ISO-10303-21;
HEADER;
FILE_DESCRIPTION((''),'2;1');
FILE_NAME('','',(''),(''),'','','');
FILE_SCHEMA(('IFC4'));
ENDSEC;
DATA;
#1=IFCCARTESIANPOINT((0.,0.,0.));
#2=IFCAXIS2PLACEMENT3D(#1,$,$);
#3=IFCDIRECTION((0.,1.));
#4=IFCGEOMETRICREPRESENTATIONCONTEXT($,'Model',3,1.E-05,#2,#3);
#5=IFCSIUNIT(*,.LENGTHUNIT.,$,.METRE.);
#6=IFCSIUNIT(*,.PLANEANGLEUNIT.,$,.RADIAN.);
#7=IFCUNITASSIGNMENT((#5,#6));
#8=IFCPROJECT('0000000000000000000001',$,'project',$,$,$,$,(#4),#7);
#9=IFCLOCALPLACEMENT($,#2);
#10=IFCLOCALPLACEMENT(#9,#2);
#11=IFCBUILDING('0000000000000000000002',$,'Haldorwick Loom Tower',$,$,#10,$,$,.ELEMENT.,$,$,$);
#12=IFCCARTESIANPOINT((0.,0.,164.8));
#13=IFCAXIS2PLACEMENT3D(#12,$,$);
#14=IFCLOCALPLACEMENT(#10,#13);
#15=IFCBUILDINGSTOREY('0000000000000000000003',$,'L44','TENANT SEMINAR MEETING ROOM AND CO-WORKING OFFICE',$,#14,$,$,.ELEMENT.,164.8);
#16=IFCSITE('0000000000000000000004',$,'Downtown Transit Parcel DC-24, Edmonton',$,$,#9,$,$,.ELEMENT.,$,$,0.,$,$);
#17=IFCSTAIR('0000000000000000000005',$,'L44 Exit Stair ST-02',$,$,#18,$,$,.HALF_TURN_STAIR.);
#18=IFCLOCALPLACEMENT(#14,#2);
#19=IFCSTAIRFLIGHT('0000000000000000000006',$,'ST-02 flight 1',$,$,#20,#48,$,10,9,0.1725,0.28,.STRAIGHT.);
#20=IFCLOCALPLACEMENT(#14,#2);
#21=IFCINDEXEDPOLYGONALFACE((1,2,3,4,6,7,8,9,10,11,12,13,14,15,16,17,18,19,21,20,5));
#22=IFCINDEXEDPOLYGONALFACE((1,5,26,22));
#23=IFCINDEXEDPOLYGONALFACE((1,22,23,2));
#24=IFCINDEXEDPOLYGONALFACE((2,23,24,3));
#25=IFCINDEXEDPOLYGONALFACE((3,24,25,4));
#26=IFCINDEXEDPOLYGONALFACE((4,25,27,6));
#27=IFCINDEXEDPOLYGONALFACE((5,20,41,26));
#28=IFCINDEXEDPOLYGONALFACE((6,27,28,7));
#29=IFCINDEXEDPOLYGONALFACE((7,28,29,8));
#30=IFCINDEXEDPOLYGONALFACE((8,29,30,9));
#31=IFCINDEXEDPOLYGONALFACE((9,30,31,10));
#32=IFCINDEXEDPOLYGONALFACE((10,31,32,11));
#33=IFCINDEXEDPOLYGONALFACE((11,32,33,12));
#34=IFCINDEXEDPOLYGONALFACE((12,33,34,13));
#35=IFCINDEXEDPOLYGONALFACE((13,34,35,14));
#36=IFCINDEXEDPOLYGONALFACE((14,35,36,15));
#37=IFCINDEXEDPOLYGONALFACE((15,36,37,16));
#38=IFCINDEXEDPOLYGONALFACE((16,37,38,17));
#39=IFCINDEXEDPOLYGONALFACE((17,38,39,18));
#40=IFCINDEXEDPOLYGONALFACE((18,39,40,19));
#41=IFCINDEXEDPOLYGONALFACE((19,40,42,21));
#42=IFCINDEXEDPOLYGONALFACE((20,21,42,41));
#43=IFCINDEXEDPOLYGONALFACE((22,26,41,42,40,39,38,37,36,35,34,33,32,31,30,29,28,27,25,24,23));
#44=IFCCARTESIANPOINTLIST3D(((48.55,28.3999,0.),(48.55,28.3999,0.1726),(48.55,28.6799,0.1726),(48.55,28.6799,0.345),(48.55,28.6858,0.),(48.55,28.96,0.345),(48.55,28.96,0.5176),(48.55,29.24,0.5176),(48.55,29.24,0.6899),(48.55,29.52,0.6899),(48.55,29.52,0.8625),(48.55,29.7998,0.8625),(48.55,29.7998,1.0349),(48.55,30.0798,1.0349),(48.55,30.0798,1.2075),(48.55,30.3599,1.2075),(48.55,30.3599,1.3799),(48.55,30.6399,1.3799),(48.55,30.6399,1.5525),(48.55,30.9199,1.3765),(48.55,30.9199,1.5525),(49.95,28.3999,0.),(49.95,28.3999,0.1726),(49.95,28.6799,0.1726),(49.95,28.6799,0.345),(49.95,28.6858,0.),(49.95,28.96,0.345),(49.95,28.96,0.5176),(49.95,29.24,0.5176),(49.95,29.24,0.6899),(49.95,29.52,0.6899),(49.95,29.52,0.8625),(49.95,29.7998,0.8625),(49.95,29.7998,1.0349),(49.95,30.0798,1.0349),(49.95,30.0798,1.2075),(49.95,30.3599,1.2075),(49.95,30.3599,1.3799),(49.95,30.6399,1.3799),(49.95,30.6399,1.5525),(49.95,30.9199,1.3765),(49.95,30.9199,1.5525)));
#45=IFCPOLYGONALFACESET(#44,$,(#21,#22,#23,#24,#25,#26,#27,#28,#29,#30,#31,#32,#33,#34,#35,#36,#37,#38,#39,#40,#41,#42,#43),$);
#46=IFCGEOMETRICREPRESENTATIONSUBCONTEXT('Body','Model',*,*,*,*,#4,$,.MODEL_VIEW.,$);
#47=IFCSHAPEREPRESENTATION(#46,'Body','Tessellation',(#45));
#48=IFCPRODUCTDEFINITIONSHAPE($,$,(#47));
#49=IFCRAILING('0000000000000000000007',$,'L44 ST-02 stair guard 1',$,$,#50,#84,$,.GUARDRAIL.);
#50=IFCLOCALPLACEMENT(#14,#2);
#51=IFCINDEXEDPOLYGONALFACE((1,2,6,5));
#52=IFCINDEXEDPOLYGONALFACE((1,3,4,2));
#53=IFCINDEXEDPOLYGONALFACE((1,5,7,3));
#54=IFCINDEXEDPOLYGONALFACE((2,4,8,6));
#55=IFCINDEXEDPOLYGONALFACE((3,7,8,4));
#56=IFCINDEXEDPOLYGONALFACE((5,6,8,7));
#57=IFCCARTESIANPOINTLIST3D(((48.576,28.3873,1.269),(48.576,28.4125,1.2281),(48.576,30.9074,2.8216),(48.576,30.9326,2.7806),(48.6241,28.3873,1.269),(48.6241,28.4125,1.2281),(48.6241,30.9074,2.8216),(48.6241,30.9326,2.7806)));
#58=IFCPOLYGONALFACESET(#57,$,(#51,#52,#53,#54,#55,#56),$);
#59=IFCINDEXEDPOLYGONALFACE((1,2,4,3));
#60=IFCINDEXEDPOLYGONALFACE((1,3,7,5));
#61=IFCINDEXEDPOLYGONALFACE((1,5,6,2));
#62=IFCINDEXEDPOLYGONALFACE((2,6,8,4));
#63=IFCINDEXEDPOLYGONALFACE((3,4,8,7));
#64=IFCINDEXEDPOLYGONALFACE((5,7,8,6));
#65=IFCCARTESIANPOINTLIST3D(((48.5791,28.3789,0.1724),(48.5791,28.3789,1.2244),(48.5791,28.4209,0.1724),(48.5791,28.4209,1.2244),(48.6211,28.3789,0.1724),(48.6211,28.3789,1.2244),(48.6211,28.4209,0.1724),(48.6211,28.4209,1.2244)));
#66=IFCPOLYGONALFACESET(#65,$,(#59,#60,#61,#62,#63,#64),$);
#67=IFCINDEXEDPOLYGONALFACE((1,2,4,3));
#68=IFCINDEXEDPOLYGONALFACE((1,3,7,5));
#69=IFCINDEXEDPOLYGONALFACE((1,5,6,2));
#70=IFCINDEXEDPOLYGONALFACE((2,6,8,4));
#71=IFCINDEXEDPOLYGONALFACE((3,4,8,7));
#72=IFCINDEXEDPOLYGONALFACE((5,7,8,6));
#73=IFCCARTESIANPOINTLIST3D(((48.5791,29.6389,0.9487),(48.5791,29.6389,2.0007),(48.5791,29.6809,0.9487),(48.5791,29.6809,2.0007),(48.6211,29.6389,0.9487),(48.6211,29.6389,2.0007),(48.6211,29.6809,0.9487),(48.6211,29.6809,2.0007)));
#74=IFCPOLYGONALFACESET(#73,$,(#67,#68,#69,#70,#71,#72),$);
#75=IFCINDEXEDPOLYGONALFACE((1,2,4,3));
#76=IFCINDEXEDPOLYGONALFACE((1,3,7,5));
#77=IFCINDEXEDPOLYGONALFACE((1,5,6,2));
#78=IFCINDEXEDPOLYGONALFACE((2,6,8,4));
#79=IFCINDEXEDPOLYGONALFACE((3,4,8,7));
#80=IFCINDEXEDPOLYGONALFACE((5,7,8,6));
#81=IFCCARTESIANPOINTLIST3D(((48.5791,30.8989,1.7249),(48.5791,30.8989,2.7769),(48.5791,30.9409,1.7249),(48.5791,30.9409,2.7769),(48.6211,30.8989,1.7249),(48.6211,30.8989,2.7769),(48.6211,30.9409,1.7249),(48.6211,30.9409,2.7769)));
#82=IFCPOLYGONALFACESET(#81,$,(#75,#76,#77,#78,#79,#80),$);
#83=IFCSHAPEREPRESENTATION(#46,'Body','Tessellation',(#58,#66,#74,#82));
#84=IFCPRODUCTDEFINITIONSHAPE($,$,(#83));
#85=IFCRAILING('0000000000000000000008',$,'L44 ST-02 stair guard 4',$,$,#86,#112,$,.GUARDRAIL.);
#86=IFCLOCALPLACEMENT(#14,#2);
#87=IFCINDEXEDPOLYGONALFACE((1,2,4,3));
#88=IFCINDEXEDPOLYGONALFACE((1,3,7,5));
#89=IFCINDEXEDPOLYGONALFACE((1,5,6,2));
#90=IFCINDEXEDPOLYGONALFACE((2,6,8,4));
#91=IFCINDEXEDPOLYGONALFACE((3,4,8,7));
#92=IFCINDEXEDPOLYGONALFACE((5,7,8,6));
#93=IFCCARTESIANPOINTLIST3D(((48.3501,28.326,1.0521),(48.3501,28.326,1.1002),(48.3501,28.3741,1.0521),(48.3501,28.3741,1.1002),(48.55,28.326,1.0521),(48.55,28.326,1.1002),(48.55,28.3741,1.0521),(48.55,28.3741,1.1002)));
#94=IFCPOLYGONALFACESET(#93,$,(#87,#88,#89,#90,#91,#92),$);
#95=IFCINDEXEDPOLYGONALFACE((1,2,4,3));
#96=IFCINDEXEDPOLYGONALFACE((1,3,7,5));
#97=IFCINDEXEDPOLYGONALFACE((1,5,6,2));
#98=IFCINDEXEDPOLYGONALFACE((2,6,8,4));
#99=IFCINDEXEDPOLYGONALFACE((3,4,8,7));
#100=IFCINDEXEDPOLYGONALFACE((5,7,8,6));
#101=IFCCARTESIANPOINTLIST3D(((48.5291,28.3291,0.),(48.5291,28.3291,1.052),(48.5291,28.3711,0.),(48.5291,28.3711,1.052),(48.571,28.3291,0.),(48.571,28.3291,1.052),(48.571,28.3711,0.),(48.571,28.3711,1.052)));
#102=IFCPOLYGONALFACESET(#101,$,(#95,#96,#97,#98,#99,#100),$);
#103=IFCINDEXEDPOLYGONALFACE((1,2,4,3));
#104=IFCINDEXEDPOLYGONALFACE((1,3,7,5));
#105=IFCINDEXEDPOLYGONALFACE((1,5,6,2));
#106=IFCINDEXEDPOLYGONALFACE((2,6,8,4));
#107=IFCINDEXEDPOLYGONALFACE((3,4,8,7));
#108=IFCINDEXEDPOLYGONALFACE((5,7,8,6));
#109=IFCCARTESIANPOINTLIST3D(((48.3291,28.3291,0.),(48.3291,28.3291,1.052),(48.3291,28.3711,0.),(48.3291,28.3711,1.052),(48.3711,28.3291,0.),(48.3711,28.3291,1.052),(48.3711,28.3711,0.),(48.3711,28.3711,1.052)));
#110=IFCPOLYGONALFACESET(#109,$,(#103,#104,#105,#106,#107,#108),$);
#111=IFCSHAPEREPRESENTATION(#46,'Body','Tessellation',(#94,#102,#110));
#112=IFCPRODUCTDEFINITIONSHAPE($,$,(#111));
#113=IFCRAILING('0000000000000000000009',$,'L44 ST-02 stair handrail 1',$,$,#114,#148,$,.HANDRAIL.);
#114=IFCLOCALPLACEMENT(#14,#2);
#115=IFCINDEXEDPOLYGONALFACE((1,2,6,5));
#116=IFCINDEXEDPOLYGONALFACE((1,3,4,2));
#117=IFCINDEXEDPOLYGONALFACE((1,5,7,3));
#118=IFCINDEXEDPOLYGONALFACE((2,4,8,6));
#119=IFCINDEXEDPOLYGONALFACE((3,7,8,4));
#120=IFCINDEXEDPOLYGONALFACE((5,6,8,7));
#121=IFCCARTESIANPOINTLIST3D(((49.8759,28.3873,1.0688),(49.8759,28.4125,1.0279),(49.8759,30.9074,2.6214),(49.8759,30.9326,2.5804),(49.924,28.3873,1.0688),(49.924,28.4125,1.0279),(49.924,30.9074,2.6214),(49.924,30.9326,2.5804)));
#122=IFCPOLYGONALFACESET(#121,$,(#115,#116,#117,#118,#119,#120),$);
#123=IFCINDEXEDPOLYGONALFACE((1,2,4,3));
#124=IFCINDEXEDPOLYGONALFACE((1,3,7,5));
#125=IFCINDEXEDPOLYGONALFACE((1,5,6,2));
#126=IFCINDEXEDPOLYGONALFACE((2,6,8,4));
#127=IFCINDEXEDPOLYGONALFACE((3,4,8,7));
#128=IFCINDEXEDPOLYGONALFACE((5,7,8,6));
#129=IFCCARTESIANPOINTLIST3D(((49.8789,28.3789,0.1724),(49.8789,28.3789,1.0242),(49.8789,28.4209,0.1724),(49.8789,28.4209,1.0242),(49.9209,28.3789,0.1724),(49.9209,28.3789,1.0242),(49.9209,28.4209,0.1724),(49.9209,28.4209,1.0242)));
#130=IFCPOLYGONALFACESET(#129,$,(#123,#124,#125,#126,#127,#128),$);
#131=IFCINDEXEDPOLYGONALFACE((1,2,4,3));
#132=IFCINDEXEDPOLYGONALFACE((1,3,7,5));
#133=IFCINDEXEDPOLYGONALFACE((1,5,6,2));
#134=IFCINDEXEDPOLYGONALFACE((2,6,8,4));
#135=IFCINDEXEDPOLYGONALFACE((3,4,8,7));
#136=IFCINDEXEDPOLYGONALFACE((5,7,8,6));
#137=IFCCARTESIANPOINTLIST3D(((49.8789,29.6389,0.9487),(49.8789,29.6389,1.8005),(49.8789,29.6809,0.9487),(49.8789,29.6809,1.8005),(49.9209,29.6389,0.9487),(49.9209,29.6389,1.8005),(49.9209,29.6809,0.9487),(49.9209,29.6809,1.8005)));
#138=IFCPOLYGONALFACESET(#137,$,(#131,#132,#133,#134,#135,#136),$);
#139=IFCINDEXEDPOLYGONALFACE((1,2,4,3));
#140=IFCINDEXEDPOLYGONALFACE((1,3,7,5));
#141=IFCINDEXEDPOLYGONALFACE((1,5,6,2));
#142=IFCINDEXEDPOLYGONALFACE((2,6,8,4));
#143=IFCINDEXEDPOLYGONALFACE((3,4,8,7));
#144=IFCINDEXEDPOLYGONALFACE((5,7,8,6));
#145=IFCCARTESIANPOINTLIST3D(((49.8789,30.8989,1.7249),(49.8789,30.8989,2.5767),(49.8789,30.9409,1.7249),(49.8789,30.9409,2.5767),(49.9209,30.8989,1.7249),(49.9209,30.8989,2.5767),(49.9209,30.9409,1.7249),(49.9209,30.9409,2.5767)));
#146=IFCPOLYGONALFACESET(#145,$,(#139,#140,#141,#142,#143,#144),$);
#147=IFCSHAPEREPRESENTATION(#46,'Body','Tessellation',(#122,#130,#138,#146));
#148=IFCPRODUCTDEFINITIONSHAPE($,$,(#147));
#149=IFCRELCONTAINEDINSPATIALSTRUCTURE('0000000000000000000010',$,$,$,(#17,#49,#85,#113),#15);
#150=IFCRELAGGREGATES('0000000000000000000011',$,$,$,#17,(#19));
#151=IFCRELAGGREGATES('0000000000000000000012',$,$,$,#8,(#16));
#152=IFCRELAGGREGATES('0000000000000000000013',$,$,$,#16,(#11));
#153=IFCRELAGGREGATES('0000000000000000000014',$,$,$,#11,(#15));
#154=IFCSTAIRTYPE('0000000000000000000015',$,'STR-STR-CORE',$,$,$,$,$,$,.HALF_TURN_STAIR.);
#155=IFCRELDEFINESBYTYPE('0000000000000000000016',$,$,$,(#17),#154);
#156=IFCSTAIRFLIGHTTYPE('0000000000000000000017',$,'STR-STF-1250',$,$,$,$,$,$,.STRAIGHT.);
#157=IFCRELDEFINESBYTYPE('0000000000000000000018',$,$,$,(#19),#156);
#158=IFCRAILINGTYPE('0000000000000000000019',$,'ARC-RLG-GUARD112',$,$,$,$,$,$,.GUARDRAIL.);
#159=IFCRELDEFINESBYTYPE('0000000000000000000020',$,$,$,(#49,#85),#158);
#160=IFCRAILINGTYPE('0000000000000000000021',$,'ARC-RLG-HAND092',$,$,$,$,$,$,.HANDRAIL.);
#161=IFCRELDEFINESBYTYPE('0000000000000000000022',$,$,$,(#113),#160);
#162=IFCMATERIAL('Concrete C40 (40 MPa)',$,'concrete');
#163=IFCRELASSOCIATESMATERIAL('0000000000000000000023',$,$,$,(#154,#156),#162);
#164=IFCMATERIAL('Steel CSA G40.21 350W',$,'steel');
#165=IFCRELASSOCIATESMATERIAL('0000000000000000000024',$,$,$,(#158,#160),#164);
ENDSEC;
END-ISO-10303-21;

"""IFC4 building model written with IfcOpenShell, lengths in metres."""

from ifc_helpers import new_model, si_unit, direction, frame, origin, origin_2d, place, context, subcontext, project, spatial, polyline, rectangle, outline, extrude, material, type_object, element, aggregate, save


model = new_model("IFC4")

# Units and contexts
model_context = context("Model", 3, precision=1e-05, world=origin(), true_north=direction((0.0, 1.0)))
body_context = subcontext(model_context, "Body", "Model", "MODEL_VIEW")
ifc_project = project(units=[si_unit("LENGTHUNIT", "METRE"), si_unit("PLANEANGLEUNIT", "RADIAN")], contexts=[model_context])

# Site, building, storey
site_placement = place(None, origin())
site = spatial("IfcSite", under=ifc_project, at=site_placement, Name="Downtown Transit Parcel DC-24, Edmonton", CompositionType="ELEMENT", RefElevation=0.0)
building_placement = place(site_placement, origin())
building = spatial("IfcBuilding", under=site, at=building_placement, Name="Haldorwick Loom Tower", CompositionType="ELEMENT")
storey_placement = place(building_placement, frame((0.0, 0.0, 164.8)))
storey = spatial("IfcBuildingStorey", under=building, at=storey_placement, Name="L44", Description="TENANT SEMINAR MEETING ROOM AND CO-WORKING OFFICE", CompositionType="ELEMENT", Elevation=164.8)

# Shared definitions
ifc_material_1 = material(Name="Steel CSA G40.21 350W", Category="steel")

# Stair, stair flight
ifc_material_2 = material(Name="Concrete C40 (40 MPa)", Category="concrete")
stair_type = type_object("IfcStairType", Name="STR-STR-CORE", PredefinedType="HALF_TURN_STAIR", material=ifc_material_2)
stair_placement = place(storey_placement, origin())
stair = element("IfcStair", 1, at=stair_placement, inside=storey, type_object=stair_type, Name="L44 Exit Stair ST-02", PredefinedType="HALF_TURN_STAIR")
stair_flight_type = type_object("IfcStairFlightType", Name="STR-STF-1250", PredefinedType="STRAIGHT", material=ifc_material_2)
stair_flight_placement = place(storey_placement, frame((49.25, 28.3999, 0.0), z_axis=(0.0, 0.0, 1.0), x_axis=(0.0, 1.0, 0.0)))
stair_flight = element("IfcStairFlight", 2, at=stair_flight_placement, type_object=stair_flight_type, Name="ST-02 flight 1", NumberOfRisers=10, NumberOfTreads=9, PredefinedType="STRAIGHT", RiserHeight=0.1725, TreadLength=0.28, context=body_context, shape_type="SweptSolid", body=[
    extrude(outline(polyline([(0.0, 0.0), (0.0, 0.1726), (0.28, 0.1726), (0.28, 0.345), (0.5601, 0.345), (0.5601, 0.5176), (0.8401, 0.5176), (0.8401, 0.6899), (1.1201, 0.6899), (1.1201, 0.8625), (1.3999, 0.8625), (1.3999, 1.0349), (1.6799, 1.0349), (1.6799, 1.2075), (1.96, 1.2075), (1.96, 1.3799), (2.24, 1.3799), (2.24, 1.5525), (2.52, 1.5525), (2.52, 1.7251), (2.52, 1.3765), (0.2859, 0.0), (0.0, 0.0)])), frame((0.0, 0.7, 0.0), z_axis=(0.0, -1.0, 0.0), x_axis=(1.0, 0.0, 0.0)), (0.0, 0.0, 1.0), 1.3999),
])
aggregate(stair, [stair_flight])

# Railings
railing_type_1 = type_object("IfcRailingType", Name="ARC-RLG-GUARD112", PredefinedType="GUARDRAIL", material=ifc_material_1)
railing_1_placement = place(storey_placement, frame((48.6001, 28.3999, 0.1724)))
element("IfcRailing", 3, at=railing_1_placement, inside=storey, type_object=railing_type_1, Name="L44 ST-02 stair guard 1", PredefinedType="GUARDRAIL", context=body_context, shape_type="SweptSolid", body=[
    extrude(rectangle(XDim=0.0481, YDim=0.0481, at=origin_2d()), frame((0.0, 0.0, 1.0762), z_axis=(0.0, 0.8514, 0.524516), x_axis=(-1.0, 0.0, 0.0)), (0.0, 0.0, 1.0), 2.96),
    extrude(rectangle(XDim=0.042, YDim=0.042, at=origin_2d()), origin(), (0.0, 0.0, 1.0), 1.052),
    extrude(rectangle(XDim=0.042, YDim=0.042, at=origin_2d()), frame((0.0, 1.26, 0.7764)), (0.0, 0.0, 1.0), 1.052),
    extrude(rectangle(XDim=0.042, YDim=0.042, at=origin_2d()), frame((0.0, 2.52, 1.5525)), (0.0, 0.0, 1.0), 1.052),
])
railing_2_placement = place(storey_placement, frame((48.55, 28.3501, 0.0)))
element("IfcRailing", 4, at=railing_2_placement, inside=storey, type_object=railing_type_1, Name="L44 ST-02 stair guard 4", PredefinedType="GUARDRAIL", context=body_context, shape_type="SweptSolid", body=[
    extrude(rectangle(XDim=0.0481, YDim=0.0481, at=origin_2d()), frame((0.0, 0.0, 1.0762), z_axis=(-1.0, 0.0, 0.0), x_axis=(0.0, -1.0, 0.0)), (0.0, 0.0, 1.0), 0.2),
    extrude(rectangle(XDim=0.042, YDim=0.042, at=origin_2d()), origin(), (0.0, 0.0, 1.0), 1.052),
    extrude(rectangle(XDim=0.042, YDim=0.042, at=origin_2d()), frame((-0.2, 0.0, 0.0)), (0.0, 0.0, 1.0), 1.052),
])
railing_type_2 = type_object("IfcRailingType", Name="ARC-RLG-HAND092", PredefinedType="HANDRAIL", material=ifc_material_1)
railing_3_placement = place(storey_placement, frame((49.8999, 28.3999, 0.1724)))
element("IfcRailing", 5, at=railing_3_placement, inside=storey, type_object=railing_type_2, Name="L44 ST-02 stair handrail 1", PredefinedType="HANDRAIL", context=body_context, shape_type="SweptSolid", body=[
    extrude(rectangle(XDim=0.0481, YDim=0.0481, at=origin_2d()), frame((0.0, 0.0, 0.876), z_axis=(0.0, 0.8514, 0.524516), x_axis=(-1.0, 0.0, 0.0)), (0.0, 0.0, 1.0), 2.96),
    extrude(rectangle(XDim=0.042, YDim=0.042, at=origin_2d()), origin(), (0.0, 0.0, 1.0), 0.8518),
    extrude(rectangle(XDim=0.042, YDim=0.042, at=origin_2d()), frame((0.0, 1.26, 0.7764)), (0.0, 0.0, 1.0), 0.8518),
    extrude(rectangle(XDim=0.042, YDim=0.042, at=origin_2d()), frame((0.0, 2.52, 1.5525)), (0.0, 0.0, 1.0), 0.8518),
])

save(model, "model.ifc")
